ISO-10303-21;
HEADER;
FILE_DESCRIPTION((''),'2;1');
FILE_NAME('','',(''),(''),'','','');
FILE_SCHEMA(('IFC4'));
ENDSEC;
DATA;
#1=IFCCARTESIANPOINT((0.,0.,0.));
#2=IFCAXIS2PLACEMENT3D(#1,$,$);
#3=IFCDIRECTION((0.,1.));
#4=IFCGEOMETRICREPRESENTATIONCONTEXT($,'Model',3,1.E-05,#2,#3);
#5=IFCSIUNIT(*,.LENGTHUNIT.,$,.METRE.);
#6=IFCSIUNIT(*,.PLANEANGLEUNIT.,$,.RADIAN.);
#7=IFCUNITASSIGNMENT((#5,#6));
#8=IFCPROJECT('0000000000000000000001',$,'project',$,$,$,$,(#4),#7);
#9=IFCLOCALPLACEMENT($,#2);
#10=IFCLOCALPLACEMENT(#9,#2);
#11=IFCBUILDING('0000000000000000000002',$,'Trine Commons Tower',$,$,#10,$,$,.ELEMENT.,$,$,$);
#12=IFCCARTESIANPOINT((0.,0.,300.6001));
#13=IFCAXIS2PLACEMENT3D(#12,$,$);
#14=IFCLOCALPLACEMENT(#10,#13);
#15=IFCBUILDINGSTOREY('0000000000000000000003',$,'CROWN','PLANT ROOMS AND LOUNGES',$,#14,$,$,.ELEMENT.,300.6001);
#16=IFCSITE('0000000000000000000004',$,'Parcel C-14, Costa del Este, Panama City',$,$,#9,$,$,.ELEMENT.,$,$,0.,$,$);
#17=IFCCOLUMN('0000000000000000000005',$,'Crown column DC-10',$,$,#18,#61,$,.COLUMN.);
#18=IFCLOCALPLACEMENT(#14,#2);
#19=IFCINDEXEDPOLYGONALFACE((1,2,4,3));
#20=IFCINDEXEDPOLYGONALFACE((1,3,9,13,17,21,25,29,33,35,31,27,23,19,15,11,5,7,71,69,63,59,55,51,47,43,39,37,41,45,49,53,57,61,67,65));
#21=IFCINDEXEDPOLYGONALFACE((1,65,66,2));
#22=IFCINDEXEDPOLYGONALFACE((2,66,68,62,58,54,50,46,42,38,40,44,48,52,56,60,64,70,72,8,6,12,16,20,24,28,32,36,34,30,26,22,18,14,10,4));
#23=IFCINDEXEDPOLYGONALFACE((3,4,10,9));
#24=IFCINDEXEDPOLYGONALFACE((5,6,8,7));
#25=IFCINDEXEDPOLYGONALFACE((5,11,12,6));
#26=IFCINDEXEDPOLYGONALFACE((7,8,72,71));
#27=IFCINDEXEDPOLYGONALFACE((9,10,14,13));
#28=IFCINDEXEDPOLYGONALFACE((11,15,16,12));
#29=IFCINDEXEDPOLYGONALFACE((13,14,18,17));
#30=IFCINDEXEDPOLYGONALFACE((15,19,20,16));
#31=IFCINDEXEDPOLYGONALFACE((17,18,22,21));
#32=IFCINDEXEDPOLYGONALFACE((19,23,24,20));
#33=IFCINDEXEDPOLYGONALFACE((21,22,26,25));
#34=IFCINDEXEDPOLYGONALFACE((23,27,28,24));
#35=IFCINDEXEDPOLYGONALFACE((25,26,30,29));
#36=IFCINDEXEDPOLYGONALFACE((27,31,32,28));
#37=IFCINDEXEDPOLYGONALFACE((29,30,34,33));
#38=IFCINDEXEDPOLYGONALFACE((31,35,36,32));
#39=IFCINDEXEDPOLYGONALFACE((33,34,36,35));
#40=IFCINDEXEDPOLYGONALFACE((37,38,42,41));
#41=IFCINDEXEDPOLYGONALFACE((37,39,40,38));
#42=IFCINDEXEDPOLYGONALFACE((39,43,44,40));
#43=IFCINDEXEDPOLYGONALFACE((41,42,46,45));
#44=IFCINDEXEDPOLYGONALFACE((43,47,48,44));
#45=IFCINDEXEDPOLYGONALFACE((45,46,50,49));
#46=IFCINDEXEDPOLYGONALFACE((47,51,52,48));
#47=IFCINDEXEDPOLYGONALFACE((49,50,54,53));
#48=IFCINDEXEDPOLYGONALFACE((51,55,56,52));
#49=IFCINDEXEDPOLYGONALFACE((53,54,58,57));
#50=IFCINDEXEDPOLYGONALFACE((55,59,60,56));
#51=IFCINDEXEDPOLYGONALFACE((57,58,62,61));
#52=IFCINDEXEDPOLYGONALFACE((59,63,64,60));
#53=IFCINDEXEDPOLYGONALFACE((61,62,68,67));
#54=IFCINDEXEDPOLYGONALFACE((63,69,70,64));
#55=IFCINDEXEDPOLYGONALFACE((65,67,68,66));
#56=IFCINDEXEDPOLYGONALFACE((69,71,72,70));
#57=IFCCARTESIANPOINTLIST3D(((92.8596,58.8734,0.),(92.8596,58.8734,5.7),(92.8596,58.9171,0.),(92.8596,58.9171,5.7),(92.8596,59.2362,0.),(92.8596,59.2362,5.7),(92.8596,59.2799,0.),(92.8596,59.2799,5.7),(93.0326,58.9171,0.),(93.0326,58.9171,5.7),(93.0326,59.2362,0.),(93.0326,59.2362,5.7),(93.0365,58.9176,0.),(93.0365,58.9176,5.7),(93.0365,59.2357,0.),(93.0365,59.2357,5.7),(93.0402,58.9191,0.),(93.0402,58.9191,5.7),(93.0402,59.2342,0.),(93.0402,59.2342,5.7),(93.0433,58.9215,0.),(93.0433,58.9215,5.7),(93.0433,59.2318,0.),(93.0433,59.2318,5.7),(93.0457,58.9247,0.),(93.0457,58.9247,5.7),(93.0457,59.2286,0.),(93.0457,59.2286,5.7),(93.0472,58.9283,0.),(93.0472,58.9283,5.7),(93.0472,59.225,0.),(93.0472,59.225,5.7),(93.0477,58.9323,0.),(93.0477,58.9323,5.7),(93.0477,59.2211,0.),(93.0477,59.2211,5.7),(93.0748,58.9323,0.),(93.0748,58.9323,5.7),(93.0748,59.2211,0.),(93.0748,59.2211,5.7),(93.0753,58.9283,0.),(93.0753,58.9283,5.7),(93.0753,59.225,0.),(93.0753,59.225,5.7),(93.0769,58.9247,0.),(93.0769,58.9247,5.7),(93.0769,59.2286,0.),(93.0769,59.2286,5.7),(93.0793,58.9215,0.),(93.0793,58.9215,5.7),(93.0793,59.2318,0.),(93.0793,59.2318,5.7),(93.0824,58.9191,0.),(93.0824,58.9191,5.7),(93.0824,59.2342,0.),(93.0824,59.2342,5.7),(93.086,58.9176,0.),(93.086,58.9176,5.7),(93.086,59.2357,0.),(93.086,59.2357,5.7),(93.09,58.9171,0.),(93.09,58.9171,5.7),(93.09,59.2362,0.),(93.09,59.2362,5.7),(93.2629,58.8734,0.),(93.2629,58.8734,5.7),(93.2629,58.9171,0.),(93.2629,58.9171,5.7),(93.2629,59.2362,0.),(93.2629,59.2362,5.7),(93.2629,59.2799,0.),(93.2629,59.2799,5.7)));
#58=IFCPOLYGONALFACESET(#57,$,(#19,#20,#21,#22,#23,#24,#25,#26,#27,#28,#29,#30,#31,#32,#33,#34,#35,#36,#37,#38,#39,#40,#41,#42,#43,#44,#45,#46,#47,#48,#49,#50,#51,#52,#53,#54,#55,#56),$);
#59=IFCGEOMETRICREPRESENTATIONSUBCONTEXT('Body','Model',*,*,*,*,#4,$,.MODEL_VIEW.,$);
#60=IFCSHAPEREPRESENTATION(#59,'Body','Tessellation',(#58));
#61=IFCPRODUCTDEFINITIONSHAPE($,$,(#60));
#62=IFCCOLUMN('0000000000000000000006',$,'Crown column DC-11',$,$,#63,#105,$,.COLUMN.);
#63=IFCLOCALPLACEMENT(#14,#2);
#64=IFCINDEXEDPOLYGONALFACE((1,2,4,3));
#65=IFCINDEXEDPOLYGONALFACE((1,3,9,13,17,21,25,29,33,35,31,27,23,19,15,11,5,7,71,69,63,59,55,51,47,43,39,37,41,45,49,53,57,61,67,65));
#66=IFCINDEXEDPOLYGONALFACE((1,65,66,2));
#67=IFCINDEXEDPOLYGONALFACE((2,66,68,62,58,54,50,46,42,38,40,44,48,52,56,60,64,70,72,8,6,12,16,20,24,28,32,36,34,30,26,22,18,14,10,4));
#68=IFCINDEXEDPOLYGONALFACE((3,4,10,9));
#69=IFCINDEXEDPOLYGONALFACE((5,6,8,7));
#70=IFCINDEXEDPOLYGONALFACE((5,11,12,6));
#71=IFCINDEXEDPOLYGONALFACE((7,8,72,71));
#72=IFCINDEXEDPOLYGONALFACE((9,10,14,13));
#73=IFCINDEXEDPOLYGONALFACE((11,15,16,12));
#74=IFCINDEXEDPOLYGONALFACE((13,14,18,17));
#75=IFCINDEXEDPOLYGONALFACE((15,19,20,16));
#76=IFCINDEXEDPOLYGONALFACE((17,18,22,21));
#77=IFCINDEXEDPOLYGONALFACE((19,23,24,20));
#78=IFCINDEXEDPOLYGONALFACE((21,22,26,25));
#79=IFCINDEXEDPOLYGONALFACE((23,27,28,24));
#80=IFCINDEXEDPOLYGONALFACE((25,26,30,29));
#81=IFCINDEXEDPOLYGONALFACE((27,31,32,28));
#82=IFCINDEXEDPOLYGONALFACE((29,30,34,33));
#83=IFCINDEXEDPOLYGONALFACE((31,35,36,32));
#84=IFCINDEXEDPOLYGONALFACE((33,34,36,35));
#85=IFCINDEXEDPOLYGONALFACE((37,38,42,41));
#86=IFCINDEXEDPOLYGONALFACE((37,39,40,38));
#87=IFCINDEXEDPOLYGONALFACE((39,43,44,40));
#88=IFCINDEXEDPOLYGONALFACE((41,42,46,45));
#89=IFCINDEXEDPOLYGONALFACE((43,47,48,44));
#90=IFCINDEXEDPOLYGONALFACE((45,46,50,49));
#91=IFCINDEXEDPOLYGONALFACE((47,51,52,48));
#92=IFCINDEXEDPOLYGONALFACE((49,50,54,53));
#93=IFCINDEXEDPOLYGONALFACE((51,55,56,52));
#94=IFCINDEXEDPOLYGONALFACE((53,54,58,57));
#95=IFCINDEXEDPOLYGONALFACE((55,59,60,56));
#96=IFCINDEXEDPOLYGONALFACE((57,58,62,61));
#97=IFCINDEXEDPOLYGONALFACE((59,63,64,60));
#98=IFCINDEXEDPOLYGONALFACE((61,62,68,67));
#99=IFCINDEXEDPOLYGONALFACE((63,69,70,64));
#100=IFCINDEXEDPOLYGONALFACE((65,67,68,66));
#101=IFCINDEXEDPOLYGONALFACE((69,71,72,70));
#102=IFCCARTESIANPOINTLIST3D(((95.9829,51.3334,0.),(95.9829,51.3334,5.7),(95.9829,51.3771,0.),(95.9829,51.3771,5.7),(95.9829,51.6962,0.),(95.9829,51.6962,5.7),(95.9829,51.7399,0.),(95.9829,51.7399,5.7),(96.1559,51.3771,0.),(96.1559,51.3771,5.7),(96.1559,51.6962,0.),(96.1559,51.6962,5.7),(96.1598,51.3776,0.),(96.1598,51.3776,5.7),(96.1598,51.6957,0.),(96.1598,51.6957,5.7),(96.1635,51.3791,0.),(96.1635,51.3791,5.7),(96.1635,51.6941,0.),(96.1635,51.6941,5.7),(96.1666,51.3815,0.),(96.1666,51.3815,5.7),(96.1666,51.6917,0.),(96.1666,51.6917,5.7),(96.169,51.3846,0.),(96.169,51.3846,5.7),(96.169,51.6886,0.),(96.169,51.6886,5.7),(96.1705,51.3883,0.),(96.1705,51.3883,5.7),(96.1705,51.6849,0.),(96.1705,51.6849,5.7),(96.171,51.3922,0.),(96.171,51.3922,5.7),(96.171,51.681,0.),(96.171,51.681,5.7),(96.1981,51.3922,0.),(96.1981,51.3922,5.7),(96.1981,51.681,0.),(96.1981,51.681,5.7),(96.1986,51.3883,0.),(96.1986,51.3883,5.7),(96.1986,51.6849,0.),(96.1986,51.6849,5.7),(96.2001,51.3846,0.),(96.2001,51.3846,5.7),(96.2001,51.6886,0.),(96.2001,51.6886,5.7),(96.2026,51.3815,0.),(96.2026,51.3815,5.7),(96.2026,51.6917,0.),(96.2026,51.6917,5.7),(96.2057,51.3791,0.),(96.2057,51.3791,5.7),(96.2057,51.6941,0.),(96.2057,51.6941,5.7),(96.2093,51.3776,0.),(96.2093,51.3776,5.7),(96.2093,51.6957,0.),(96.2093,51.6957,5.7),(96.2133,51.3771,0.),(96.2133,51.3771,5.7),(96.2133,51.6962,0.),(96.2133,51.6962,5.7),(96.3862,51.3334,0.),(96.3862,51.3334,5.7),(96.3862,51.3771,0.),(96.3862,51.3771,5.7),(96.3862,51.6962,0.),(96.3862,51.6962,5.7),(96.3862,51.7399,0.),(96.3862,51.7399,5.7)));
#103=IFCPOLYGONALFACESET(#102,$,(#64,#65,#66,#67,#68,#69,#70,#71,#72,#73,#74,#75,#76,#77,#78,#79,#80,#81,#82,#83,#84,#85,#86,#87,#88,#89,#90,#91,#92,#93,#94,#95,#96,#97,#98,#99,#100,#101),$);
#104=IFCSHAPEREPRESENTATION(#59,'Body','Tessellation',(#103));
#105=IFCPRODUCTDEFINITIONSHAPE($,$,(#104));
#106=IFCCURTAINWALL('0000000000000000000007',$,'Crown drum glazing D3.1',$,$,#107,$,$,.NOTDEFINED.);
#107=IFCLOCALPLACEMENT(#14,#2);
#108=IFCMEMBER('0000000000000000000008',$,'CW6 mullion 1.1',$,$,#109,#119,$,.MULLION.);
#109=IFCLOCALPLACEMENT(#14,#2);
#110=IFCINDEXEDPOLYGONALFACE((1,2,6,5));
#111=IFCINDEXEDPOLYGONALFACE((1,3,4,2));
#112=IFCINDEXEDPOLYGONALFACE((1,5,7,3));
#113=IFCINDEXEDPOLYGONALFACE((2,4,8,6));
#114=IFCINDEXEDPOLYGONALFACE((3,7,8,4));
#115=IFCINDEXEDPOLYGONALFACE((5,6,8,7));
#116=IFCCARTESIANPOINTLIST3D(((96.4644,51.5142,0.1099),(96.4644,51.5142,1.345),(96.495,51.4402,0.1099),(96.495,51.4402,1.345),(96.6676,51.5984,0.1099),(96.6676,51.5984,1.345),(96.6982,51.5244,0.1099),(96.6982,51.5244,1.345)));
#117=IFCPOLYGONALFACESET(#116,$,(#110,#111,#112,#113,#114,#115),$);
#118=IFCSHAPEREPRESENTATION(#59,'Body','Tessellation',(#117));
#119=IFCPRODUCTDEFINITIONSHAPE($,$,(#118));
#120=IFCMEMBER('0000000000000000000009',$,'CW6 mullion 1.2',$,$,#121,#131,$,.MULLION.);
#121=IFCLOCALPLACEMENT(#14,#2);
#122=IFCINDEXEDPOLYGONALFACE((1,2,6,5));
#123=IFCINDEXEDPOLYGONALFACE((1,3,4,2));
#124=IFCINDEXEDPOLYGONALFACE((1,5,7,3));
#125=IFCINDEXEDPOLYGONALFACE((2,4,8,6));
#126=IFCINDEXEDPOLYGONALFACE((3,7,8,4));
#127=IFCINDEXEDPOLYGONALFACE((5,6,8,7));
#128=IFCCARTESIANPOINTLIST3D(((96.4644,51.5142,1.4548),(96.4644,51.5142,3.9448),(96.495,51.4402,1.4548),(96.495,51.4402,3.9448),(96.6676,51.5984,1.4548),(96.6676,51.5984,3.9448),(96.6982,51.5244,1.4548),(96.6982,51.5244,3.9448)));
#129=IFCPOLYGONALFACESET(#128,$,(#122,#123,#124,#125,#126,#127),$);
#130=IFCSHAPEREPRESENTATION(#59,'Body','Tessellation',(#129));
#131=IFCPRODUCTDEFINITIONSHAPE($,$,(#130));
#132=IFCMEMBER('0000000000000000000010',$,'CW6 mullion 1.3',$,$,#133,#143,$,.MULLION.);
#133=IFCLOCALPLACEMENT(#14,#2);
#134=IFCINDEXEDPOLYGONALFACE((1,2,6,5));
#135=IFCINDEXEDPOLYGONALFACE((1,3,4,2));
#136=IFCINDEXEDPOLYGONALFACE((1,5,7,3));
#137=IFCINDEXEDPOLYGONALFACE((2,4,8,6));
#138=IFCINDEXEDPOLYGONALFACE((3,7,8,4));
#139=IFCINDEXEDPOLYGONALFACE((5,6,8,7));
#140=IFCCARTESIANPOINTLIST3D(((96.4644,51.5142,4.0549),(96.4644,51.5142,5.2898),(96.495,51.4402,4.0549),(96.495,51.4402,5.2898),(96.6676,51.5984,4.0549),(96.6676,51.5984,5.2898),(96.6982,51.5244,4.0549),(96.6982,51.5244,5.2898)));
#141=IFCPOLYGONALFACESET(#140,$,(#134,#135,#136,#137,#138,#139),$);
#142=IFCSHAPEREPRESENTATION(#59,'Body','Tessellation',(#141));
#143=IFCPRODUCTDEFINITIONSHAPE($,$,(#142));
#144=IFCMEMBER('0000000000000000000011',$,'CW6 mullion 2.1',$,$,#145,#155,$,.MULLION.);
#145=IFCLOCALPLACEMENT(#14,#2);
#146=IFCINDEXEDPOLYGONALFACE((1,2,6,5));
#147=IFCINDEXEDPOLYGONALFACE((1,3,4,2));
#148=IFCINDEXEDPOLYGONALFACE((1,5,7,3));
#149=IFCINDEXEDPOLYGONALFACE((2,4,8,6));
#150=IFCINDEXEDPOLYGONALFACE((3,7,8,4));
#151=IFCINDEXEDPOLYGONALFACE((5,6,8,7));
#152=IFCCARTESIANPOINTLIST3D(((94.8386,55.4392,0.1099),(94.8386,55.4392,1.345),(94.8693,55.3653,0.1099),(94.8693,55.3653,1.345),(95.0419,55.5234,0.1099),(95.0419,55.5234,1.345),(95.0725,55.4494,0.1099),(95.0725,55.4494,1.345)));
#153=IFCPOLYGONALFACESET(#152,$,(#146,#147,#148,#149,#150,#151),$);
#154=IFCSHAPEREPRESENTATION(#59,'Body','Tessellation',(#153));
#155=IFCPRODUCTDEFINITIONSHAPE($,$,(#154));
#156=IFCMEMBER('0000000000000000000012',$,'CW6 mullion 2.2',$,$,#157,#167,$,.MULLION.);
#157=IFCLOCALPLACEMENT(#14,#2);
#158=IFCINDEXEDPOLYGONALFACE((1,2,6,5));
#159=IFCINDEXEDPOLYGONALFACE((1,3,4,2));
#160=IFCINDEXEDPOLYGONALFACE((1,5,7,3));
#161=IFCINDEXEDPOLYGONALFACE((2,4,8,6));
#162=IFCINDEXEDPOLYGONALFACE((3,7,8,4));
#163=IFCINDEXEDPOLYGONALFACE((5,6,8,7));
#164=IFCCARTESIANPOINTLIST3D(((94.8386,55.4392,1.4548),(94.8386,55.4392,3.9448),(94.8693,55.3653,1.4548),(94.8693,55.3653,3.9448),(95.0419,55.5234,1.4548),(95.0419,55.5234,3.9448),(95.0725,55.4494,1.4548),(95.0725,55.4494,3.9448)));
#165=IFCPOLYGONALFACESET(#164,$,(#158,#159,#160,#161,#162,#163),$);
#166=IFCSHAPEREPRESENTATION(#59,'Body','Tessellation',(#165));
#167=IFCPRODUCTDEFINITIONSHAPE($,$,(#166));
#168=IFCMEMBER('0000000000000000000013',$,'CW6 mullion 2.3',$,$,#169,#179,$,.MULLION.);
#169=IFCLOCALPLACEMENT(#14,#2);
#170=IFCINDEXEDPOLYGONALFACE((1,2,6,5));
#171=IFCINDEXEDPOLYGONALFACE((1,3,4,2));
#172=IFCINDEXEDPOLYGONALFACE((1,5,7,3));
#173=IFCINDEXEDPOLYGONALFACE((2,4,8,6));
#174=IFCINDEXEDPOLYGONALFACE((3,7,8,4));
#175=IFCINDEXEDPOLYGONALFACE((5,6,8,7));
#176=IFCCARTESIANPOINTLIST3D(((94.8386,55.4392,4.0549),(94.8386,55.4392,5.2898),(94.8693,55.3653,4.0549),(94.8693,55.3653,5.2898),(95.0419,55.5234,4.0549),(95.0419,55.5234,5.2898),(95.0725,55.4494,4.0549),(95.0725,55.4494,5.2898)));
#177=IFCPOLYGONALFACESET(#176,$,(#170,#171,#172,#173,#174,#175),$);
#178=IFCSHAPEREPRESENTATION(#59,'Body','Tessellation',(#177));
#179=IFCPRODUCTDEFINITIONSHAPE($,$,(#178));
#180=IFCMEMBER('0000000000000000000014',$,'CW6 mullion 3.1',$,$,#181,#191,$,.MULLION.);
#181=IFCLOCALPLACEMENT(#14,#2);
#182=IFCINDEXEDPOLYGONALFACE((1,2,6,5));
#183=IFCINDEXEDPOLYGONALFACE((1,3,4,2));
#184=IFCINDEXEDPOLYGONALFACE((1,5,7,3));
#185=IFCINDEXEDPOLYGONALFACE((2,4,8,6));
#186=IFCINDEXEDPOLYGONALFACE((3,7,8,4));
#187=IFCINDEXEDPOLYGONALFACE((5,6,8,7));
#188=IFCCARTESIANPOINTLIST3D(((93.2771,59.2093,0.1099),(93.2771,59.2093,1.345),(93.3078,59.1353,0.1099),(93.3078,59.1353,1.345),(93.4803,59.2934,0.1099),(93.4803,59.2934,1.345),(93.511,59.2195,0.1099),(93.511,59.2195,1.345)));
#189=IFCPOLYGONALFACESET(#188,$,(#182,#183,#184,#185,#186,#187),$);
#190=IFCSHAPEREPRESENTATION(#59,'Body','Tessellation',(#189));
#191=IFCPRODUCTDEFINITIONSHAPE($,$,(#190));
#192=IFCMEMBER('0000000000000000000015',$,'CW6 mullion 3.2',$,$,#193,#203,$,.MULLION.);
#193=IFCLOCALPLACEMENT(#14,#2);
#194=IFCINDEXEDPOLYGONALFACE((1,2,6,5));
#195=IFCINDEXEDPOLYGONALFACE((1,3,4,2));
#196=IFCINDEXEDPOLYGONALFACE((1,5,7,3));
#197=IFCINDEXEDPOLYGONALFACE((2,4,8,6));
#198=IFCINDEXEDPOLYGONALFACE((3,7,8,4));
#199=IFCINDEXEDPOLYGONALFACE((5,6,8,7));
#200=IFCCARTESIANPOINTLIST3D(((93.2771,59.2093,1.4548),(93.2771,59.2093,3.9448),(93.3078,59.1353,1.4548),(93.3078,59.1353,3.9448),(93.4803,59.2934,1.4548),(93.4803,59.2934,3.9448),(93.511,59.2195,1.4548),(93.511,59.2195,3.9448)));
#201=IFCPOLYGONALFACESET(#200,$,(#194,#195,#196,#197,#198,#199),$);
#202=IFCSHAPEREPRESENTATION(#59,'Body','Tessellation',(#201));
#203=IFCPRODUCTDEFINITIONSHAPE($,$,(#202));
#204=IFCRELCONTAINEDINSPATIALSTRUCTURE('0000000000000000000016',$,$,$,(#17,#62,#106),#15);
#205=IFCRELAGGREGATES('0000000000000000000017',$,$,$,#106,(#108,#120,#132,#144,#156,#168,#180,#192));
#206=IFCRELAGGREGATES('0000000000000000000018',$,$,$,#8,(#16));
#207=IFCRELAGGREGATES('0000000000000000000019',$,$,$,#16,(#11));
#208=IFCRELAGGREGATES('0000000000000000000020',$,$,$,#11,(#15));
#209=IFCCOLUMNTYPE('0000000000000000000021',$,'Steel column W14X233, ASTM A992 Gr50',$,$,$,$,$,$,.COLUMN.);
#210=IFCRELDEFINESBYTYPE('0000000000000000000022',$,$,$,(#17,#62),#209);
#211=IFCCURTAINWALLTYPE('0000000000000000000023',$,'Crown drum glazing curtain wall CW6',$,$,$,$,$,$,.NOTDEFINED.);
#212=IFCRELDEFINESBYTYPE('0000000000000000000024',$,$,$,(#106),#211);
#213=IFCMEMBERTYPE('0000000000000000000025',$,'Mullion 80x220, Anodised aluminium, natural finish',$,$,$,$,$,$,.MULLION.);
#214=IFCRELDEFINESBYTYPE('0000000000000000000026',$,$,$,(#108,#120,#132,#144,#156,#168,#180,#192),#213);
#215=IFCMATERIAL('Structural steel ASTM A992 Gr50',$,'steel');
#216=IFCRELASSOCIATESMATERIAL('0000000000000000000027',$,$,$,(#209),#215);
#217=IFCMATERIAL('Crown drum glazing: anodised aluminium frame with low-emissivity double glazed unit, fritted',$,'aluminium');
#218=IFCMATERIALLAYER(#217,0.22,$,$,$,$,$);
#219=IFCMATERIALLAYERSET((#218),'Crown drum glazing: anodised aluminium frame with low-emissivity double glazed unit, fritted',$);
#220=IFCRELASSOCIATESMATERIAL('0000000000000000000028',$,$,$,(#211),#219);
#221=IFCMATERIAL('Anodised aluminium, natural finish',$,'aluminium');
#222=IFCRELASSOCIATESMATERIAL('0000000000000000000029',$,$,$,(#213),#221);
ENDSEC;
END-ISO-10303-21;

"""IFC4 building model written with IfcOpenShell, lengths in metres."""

from ifc_helpers import new_model, si_unit, direction, frame, origin, origin_2d, place, context, subcontext, project, spatial, rectangle, i_section, extrude, material, layer, layer_set, material_profile, profile_set, type_object, element, aggregate, save


model = new_model("IFC4")

# Units and contexts
model_context = context("Model", 3, precision=1e-05, world=origin(), true_north=direction((0.0, 1.0)))
body_context = subcontext(model_context, "Body", "Model", "MODEL_VIEW")
ifc_project = project(units=[si_unit("LENGTHUNIT", "METRE"), si_unit("PLANEANGLEUNIT", "RADIAN")], contexts=[model_context])

# Site, building, storey
site_placement = place(None, origin())
site = spatial("IfcSite", under=ifc_project, at=site_placement, Name="Parcel C-14, Costa del Este, Panama City", CompositionType="ELEMENT", RefElevation=0.0)
building_placement = place(site_placement, origin())
building = spatial("IfcBuilding", under=site, at=building_placement, Name="Trine Commons Tower", CompositionType="ELEMENT")
storey_placement = place(building_placement, frame((0.0, 0.0, 300.6001)))
storey = spatial("IfcBuildingStorey", under=building, at=storey_placement, Name="CROWN", Description="PLANT ROOMS AND LOUNGES", CompositionType="ELEMENT", Elevation=300.6001)

# Columns
ifc_material_1 = material(Name="Structural steel ASTM A992 Gr50", Category="steel")
ifc_material_profile_1 = material_profile(ifc_material_1, i_section(OverallWidth=0.4033, OverallDepth=0.4065, WebThickness=0.0271, FlangeThickness=0.0437, FilletRadius=0.0151, at=origin_2d()), Name="W14X233")
ifc_profile_set_1 = profile_set([ifc_material_profile_1], Name="Structural steel ASTM A992 Gr50")
column_type = type_object("IfcColumnType", Name="Steel column W14X233, ASTM A992 Gr50", PredefinedType="COLUMN", material=ifc_profile_set_1)
for number, where, z_axis, x_axis, name in (
    (1, (93.0613, 59.0767, 0.0), (0.0, 0.0, 1.0), (1.0, 0.0, 0.0), "Crown column DC-10"),
    (2, (96.1846, 51.5366, 0.0), (0.0, 0.0, 1.0), (1.0, 0.0, 0.0), "Crown column DC-11"),
):
    element("IfcColumn", number, at=place(storey_placement, frame(where, z_axis=z_axis, x_axis=x_axis)), inside=storey, type_object=column_type, Name=name, PredefinedType="COLUMN", context=body_context, shape_type="SweptSolid", body=[
        extrude(i_section(OverallWidth=0.4033, OverallDepth=0.4065, WebThickness=0.0271, FlangeThickness=0.0437, FilletRadius=0.0151, at=origin_2d()), origin(), (0.0, 0.0, 1.0), 5.7),
    ])

# Curtain wall, members
ifc_material_2 = material(Name="Crown drum glazing: anodised aluminium frame with low-emissivity double glazed unit, fritted", Category="aluminium")
ifc_layer_1 = layer(ifc_material_2, 0.22)
ifc_layer_set_1 = layer_set([ifc_layer_1], Name="Crown drum glazing: anodised aluminium frame with low-emissivity double glazed unit, fritted")
curtain_wall_type = type_object("IfcCurtainWallType", Name="Crown drum glazing curtain wall CW6", PredefinedType="NOTDEFINED", material=ifc_layer_set_1)
curtain_wall_placement = place(storey_placement, origin())
curtain_wall = element("IfcCurtainWall", 3, at=curtain_wall_placement, inside=storey, type_object=curtain_wall_type, Name="Crown drum glazing D3.1", PredefinedType="NOTDEFINED")
ifc_material_3 = material(Name="Anodised aluminium, natural finish", Category="aluminium")
ifc_material_profile_2 = material_profile(ifc_material_3, rectangle(XDim=0.22, YDim=0.0801, at=origin_2d()), Name="Mullion 80x220")
ifc_profile_set_2 = profile_set([ifc_material_profile_2], Name="Anodised aluminium, natural finish")
member_type_1 = type_object("IfcMemberType", Name="Mullion 80x220, Anodised aluminium, natural finish", PredefinedType="MULLION", material=ifc_profile_set_2)
member_1_placement = place(storey_placement, frame((96.5813, 51.5193, 0.1099), z_axis=(0.0, 0.0, 1.0), x_axis=(-0.92388, -0.382683, 0.0)))
member_1 = element("IfcMember", 4, at=member_1_placement, type_object=member_type_1, Name="CW6 mullion 1.1", PredefinedType="MULLION", context=body_context, shape_type="SweptSolid", body=[
    extrude(rectangle(XDim=0.22, YDim=0.0801, at=origin_2d()), origin(), (0.0, 0.0, 1.0), 1.2351),
])
member_2_placement = place(storey_placement, frame((96.5813, 51.5193, 1.4548), z_axis=(0.0, 0.0, 1.0), x_axis=(-0.92388, -0.382683, 0.0)))
member_2 = element("IfcMember", 5, at=member_2_placement, type_object=member_type_1, Name="CW6 mullion 1.2", PredefinedType="MULLION", context=body_context, shape_type="SweptSolid", body=[
    extrude(rectangle(XDim=0.22, YDim=0.0801, at=origin_2d()), origin(), (0.0, 0.0, 1.0), 2.49),
])
member_3_placement = place(storey_placement, frame((96.5813, 51.5193, 4.0549), z_axis=(0.0, 0.0, 1.0), x_axis=(-0.92388, -0.382683, 0.0)))
member_3 = element("IfcMember", 6, at=member_3_placement, type_object=member_type_1, Name="CW6 mullion 1.3", PredefinedType="MULLION", context=body_context, shape_type="SweptSolid", body=[
    extrude(rectangle(XDim=0.22, YDim=0.0801, at=origin_2d()), origin(), (0.0, 0.0, 1.0), 1.2349),
])
member_4_placement = place(storey_placement, frame((94.9556, 55.4443, 0.1099), z_axis=(0.0, 0.0, 1.0), x_axis=(-0.92388, -0.382683, 0.0)))
member_4 = element("IfcMember", 7, at=member_4_placement, type_object=member_type_1, Name="CW6 mullion 2.1", PredefinedType="MULLION", context=body_context, shape_type="SweptSolid", body=[
    extrude(rectangle(XDim=0.22, YDim=0.0801, at=origin_2d()), origin(), (0.0, 0.0, 1.0), 1.2351),
])
member_5_placement = place(storey_placement, frame((94.9556, 55.4443, 1.4548), z_axis=(0.0, 0.0, 1.0), x_axis=(-0.92388, -0.382683, 0.0)))
member_5 = element("IfcMember", 8, at=member_5_placement, type_object=member_type_1, Name="CW6 mullion 2.2", PredefinedType="MULLION", context=body_context, shape_type="SweptSolid", body=[
    extrude(rectangle(XDim=0.22, YDim=0.0801, at=origin_2d()), origin(), (0.0, 0.0, 1.0), 2.49),
])
member_6_placement = place(storey_placement, frame((94.9556, 55.4443, 4.0549), z_axis=(0.0, 0.0, 1.0), x_axis=(-0.92388, -0.382683, 0.0)))
member_6 = element("IfcMember", 9, at=member_6_placement, type_object=member_type_1, Name="CW6 mullion 2.3", PredefinedType="MULLION", context=body_context, shape_type="SweptSolid", body=[
    extrude(rectangle(XDim=0.22, YDim=0.0801, at=origin_2d()), origin(), (0.0, 0.0, 1.0), 1.2349),
])
member_7_placement = place(storey_placement, frame((93.394, 59.2144, 0.1099), z_axis=(0.0, 0.0, 1.0), x_axis=(-0.92388, -0.382683, 0.0)))
member_7 = element("IfcMember", 10, at=member_7_placement, type_object=member_type_1, Name="CW6 mullion 3.1", PredefinedType="MULLION", context=body_context, shape_type="SweptSolid", body=[
    extrude(rectangle(XDim=0.22, YDim=0.0801, at=origin_2d()), origin(), (0.0, 0.0, 1.0), 1.2351),
])
member_8_placement = place(storey_placement, frame((93.394, 59.2144, 1.4548), z_axis=(0.0, 0.0, 1.0), x_axis=(-0.92388, -0.382683, 0.0)))
member_8 = element("IfcMember", 11, at=member_8_placement, type_object=member_type_1, Name="CW6 mullion 3.2", PredefinedType="MULLION", context=body_context, shape_type="SweptSolid", body=[
    extrude(rectangle(XDim=0.22, YDim=0.0801, at=origin_2d()), origin(), (0.0, 0.0, 1.0), 2.49),
])

aggregate(curtain_wall, [member_1, member_2, member_3, member_4, member_5, member_6, member_7, member_8])

save(model, "model.ifc")
